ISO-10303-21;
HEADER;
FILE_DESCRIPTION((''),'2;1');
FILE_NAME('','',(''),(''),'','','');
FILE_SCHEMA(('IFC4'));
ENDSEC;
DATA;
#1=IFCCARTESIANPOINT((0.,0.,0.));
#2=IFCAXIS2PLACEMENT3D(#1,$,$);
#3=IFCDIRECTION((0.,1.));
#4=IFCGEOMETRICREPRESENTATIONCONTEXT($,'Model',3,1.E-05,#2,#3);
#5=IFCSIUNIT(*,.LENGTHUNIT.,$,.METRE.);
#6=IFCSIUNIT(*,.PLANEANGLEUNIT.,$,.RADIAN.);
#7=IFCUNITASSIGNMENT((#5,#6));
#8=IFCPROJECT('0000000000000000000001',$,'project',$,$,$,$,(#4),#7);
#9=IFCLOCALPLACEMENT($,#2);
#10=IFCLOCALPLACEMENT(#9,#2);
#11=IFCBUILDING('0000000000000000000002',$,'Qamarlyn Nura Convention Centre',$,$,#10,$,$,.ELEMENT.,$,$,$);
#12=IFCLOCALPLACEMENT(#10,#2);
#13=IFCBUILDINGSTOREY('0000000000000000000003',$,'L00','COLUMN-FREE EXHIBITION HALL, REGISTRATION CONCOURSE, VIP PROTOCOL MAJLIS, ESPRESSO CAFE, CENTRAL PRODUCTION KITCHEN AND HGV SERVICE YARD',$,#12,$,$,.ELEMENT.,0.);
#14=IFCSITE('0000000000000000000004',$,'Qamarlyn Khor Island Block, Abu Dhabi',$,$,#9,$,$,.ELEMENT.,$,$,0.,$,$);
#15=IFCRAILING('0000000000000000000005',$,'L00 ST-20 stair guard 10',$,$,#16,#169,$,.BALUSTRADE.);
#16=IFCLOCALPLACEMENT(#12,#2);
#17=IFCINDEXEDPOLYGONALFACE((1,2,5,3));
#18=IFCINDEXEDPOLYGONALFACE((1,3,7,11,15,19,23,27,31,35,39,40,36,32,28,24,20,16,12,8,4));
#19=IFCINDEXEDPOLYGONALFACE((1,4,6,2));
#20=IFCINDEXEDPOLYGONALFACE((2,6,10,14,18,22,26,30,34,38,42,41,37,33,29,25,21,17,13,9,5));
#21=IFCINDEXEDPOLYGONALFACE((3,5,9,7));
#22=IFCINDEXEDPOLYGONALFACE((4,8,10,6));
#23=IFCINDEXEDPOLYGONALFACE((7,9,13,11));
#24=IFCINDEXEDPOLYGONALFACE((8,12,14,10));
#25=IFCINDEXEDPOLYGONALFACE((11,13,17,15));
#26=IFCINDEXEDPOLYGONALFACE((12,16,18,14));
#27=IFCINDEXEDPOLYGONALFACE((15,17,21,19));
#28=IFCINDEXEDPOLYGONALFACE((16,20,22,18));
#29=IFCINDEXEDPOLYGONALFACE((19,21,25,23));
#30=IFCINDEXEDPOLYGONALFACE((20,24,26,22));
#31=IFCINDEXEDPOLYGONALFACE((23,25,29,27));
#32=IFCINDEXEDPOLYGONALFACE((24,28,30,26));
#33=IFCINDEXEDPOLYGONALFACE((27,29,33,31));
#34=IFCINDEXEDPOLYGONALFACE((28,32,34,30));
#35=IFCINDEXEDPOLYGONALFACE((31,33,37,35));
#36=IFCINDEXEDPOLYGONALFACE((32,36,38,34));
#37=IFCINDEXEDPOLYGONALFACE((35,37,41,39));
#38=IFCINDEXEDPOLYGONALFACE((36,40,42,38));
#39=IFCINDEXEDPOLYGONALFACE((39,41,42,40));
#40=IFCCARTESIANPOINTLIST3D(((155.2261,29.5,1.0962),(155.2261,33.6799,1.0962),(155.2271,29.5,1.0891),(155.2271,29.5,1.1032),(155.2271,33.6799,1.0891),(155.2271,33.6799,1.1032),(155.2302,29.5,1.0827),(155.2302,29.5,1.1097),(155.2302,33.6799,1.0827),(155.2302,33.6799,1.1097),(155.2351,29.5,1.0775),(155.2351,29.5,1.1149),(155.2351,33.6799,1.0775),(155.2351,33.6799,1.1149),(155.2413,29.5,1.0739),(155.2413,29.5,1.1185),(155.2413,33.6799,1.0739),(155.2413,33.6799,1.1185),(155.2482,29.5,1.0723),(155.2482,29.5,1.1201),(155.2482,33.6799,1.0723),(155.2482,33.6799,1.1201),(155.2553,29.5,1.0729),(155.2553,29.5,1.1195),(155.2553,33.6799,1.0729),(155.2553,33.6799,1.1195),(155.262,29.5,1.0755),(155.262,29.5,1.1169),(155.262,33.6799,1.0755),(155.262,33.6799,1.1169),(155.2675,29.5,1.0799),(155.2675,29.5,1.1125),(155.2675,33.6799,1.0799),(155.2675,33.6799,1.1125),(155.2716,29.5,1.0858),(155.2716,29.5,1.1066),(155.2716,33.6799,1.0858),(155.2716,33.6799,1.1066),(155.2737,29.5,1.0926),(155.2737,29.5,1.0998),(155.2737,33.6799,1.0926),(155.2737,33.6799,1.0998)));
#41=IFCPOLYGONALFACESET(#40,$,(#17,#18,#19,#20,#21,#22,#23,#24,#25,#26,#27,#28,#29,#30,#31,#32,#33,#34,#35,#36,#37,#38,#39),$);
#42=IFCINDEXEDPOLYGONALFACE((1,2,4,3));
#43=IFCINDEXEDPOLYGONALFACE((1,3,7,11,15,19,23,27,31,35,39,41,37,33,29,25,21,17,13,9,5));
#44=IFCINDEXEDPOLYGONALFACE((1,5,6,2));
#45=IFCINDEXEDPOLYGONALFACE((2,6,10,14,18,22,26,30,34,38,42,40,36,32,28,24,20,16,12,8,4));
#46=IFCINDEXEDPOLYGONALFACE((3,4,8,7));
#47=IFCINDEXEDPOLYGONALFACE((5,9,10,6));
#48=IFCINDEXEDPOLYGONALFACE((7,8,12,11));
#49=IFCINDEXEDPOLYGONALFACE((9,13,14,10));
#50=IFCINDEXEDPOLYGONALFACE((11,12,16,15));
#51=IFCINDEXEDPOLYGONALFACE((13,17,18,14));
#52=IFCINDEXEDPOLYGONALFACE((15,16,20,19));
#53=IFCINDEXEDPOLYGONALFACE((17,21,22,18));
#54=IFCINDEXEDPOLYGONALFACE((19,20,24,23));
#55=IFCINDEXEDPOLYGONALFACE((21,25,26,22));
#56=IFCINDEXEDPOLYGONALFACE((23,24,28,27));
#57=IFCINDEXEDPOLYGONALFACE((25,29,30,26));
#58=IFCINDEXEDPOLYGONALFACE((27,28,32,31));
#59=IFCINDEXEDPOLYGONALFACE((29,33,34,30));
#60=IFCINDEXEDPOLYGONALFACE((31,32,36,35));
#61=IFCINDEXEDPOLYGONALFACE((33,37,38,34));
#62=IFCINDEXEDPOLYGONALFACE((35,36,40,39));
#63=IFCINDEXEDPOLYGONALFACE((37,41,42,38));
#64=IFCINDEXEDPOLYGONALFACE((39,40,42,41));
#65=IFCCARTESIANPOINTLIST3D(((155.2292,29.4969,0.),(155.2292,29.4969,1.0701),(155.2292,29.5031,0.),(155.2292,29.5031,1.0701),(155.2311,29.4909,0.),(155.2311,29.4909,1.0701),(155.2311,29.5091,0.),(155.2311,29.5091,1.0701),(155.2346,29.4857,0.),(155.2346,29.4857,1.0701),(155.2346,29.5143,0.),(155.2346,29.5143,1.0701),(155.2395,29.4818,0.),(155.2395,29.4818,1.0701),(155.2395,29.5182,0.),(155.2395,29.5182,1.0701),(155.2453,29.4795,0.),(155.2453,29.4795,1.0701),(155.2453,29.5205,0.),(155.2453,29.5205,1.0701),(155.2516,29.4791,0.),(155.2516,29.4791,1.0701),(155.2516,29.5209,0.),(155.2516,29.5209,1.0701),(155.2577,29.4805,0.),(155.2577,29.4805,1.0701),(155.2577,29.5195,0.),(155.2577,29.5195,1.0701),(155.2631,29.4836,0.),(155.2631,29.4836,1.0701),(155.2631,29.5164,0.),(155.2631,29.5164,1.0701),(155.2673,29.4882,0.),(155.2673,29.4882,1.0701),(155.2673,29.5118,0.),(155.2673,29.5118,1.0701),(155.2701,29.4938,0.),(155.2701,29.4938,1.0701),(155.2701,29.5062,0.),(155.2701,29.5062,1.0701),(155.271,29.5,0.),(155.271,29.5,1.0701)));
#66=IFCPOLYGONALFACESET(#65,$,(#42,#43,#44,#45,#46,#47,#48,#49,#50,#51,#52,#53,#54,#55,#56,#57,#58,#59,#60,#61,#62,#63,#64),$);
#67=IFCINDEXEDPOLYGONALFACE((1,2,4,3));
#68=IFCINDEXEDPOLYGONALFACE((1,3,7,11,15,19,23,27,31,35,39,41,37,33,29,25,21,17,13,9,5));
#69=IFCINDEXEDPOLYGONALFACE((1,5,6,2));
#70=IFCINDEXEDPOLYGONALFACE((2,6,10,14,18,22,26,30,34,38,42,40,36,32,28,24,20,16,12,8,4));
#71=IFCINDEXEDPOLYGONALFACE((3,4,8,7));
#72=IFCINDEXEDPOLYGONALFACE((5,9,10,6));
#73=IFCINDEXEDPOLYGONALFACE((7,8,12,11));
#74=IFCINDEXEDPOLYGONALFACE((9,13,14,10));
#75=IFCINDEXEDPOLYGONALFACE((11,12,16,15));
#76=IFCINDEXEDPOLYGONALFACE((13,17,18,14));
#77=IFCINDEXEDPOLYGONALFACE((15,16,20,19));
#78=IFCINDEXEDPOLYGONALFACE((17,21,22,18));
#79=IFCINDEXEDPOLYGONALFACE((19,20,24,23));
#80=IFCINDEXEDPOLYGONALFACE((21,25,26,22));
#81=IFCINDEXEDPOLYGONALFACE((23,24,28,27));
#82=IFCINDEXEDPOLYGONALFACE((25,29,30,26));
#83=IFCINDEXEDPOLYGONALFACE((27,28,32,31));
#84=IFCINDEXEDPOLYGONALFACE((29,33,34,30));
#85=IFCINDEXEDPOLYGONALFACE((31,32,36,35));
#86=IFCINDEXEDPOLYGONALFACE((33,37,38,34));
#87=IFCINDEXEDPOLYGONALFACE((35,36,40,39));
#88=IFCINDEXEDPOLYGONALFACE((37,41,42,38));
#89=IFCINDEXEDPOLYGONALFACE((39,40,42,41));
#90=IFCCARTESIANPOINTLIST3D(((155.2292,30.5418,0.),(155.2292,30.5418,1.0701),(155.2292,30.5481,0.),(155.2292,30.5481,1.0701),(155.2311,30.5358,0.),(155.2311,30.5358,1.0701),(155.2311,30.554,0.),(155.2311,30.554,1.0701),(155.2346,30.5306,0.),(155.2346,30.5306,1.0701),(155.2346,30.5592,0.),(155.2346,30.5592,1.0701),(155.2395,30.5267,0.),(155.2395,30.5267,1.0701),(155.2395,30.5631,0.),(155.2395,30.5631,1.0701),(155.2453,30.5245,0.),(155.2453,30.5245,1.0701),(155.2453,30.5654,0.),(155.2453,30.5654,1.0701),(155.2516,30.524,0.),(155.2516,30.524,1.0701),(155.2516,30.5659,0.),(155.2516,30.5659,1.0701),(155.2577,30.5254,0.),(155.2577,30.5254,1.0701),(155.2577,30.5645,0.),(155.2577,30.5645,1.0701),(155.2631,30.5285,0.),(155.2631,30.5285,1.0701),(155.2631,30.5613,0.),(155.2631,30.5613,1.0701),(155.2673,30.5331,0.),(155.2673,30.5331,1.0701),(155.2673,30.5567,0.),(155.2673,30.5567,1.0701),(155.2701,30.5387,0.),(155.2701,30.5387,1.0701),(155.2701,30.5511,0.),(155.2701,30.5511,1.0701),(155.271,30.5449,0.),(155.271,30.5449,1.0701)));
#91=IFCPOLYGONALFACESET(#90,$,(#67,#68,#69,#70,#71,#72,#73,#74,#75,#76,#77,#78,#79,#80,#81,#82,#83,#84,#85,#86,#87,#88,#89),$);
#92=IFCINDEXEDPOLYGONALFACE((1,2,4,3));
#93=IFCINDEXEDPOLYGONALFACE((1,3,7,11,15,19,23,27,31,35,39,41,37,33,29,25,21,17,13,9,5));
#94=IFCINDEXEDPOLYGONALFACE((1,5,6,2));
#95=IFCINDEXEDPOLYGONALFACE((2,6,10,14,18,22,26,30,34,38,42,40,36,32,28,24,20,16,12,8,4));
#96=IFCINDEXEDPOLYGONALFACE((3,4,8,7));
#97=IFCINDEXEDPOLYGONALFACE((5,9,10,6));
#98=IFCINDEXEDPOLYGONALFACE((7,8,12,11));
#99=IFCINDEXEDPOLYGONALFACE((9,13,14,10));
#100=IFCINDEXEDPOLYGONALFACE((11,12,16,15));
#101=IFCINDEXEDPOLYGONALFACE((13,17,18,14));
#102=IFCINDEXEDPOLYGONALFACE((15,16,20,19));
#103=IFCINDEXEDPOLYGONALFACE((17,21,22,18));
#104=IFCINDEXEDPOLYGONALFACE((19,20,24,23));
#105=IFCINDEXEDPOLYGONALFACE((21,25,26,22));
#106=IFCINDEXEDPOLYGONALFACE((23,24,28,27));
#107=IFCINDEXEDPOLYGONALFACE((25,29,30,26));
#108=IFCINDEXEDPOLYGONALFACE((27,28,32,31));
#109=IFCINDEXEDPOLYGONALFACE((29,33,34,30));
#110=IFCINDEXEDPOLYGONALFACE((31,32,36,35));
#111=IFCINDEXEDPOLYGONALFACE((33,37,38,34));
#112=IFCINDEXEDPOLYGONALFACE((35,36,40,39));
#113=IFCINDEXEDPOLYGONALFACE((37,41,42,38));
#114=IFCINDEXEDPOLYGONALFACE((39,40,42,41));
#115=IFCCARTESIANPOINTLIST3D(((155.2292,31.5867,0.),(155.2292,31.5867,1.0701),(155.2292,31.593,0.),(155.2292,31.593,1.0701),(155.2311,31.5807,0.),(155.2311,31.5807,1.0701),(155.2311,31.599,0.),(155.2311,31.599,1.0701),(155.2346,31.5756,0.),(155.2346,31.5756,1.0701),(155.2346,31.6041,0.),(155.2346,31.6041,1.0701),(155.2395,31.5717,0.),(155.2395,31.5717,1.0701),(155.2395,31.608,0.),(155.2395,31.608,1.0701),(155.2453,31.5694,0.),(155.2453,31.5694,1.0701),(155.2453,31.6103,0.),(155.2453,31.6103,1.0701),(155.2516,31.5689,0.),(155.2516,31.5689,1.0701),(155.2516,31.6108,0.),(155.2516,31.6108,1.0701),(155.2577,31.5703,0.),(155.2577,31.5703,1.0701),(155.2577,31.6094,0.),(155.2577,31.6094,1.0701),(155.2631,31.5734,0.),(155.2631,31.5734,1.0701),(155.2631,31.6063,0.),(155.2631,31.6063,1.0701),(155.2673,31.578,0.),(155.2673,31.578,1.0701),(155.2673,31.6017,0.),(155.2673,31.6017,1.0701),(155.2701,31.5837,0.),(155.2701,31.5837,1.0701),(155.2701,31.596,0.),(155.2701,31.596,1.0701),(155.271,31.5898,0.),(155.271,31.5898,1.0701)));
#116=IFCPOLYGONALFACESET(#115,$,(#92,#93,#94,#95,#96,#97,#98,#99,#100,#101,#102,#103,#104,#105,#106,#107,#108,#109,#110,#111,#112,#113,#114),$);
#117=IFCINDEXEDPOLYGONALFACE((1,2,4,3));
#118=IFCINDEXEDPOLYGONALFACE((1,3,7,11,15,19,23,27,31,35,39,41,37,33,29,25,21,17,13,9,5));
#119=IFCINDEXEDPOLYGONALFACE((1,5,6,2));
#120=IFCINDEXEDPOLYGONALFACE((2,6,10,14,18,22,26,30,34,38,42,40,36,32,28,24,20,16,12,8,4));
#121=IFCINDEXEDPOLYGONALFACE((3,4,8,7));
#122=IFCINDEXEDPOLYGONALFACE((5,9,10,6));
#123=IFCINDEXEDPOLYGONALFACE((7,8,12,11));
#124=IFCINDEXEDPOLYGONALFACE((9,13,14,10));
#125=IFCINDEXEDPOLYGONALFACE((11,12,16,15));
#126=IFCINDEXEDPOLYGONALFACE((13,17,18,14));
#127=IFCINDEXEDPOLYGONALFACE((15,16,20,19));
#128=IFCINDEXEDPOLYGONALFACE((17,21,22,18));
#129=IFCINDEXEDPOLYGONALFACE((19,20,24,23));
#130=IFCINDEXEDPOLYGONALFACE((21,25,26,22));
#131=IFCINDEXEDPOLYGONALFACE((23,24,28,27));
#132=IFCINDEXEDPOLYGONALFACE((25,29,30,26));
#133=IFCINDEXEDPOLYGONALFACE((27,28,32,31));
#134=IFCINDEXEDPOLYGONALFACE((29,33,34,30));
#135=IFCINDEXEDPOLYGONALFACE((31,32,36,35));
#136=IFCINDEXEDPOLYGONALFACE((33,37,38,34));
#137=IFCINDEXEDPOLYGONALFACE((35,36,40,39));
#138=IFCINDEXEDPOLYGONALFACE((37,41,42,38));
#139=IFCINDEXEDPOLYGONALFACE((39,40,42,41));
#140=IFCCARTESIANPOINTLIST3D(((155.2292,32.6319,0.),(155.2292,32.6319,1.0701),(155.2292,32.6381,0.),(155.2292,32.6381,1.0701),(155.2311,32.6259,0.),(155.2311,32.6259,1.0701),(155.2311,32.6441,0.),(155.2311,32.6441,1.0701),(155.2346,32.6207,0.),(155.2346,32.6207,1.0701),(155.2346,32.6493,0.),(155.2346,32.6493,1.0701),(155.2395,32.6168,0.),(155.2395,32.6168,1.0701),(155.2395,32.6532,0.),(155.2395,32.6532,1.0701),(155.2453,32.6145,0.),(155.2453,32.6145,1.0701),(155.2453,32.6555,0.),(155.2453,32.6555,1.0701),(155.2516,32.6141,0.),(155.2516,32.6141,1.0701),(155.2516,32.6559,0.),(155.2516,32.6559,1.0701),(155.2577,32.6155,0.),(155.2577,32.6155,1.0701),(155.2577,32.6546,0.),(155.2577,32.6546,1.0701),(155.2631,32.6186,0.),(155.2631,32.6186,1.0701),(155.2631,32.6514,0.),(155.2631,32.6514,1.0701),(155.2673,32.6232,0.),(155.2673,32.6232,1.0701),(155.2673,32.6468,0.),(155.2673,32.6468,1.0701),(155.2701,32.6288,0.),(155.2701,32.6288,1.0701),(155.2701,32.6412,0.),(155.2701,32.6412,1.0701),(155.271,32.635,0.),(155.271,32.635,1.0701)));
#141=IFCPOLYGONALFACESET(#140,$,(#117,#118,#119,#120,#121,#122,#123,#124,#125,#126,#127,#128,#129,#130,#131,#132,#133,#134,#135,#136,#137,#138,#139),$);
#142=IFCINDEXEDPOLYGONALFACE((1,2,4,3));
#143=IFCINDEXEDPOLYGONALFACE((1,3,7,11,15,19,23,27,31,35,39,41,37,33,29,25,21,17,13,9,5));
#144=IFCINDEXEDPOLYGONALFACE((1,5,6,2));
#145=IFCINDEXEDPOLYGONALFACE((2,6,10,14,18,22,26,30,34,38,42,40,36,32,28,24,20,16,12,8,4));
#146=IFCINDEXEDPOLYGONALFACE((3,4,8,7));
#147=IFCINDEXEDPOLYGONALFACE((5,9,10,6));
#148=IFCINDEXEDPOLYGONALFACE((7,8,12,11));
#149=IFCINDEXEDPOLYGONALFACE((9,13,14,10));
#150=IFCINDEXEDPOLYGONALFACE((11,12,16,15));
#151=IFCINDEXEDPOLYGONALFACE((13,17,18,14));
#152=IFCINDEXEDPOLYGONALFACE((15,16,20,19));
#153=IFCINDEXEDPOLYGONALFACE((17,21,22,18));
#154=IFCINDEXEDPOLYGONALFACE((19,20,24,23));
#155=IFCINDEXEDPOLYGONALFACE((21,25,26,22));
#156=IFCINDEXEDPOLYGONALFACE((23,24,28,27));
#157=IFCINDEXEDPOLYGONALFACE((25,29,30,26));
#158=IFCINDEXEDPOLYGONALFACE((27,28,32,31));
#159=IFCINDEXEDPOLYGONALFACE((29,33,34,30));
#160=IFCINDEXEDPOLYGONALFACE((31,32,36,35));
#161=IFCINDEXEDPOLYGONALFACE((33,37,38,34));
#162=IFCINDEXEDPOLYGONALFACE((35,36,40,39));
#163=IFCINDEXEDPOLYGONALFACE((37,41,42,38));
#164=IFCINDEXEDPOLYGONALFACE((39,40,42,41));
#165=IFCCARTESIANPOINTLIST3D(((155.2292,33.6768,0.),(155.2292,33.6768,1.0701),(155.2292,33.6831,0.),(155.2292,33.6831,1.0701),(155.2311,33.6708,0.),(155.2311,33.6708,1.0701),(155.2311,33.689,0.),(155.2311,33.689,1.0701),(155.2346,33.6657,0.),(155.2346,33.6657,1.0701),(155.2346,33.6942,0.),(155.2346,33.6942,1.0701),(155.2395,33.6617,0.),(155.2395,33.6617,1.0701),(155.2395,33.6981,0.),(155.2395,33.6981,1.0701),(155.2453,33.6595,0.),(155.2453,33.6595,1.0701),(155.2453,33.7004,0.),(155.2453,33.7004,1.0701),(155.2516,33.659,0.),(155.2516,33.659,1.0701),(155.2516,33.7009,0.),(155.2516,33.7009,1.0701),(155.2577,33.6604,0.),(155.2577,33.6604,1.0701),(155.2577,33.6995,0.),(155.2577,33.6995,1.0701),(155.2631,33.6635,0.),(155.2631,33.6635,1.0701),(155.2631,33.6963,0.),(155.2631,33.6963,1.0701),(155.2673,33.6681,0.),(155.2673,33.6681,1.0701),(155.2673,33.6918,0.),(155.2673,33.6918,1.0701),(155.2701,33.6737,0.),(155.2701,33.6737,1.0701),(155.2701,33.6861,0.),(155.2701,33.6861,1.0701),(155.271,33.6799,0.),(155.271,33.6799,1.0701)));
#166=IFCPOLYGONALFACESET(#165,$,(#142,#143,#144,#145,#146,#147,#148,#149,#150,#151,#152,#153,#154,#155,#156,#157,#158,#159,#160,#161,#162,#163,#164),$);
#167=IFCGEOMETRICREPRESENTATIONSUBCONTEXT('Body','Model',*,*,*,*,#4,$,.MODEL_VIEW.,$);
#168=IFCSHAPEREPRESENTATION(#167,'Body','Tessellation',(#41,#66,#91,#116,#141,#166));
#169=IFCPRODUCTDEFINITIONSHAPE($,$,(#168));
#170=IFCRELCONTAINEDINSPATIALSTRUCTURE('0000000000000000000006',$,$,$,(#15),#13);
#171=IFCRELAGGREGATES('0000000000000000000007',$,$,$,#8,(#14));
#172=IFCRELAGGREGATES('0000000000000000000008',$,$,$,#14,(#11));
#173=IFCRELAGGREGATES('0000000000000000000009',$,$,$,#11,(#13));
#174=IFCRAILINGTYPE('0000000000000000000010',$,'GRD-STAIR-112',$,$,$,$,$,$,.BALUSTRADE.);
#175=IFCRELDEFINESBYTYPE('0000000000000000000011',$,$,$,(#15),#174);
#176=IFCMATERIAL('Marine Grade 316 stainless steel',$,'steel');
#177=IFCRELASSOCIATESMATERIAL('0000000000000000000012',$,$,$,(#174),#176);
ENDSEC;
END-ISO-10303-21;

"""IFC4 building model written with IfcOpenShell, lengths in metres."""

from ifc_helpers import new_model, si_unit, direction, frame, origin, origin_2d, place, context, subcontext, project, spatial, circle, extrude, material, type_object, element, save


model = new_model("IFC4")

# Units and contexts
model_context = context("Model", 3, precision=1e-05, world=origin(), true_north=direction((0.0, 1.0)))
body_context = subcontext(model_context, "Body", "Model", "MODEL_VIEW")
ifc_project = project(units=[si_unit("LENGTHUNIT", "METRE"), si_unit("PLANEANGLEUNIT", "RADIAN")], contexts=[model_context])

# Site, building, storey
site_placement = place(None, origin())
site = spatial("IfcSite", under=ifc_project, at=site_placement, Name="Qamarlyn Khor Island Block, Abu Dhabi", CompositionType="ELEMENT", RefElevation=0.0)
building_placement = place(site_placement, origin())
building = spatial("IfcBuilding", under=site, at=building_placement, Name="Qamarlyn Nura Convention Centre", CompositionType="ELEMENT")
storey_placement = place(building_placement, origin())
storey = spatial("IfcBuildingStorey", under=building, at=storey_placement, Name="L00", Description="COLUMN-FREE EXHIBITION HALL, REGISTRATION CONCOURSE, VIP PROTOCOL MAJLIS, ESPRESSO CAFE, CENTRAL PRODUCTION KITCHEN AND HGV SERVICE YARD", CompositionType="ELEMENT", Elevation=0.0)

# Railing
ifc_material_1 = material(Name="Marine Grade 316 stainless steel", Category="steel")
railing_type_1 = type_object("IfcRailingType", Name="GRD-STAIR-112", PredefinedType="BALUSTRADE", material=ifc_material_1)
railing_1_placement = place(storey_placement, frame((155.25, 29.5, 0.0)))
element("IfcRailing", 1, at=railing_1_placement, inside=storey, type_object=railing_type_1, Name="L00 ST-20 stair guard 10", PredefinedType="BALUSTRADE", context=body_context, shape_type="SweptSolid", body=[
    extrude(circle(Radius=0.0239, at=origin_2d()), frame((0.0, 0.0, 1.0962), z_axis=(0.0, 1.0, 0.0), x_axis=(-1.0, 0.0, 0.0)), (0.0, 0.0, 1.0), 4.1799),
    extrude(circle(Radius=0.021, at=origin_2d()), origin(), (0.0, 0.0, 1.0), 1.0701),
    extrude(circle(Radius=0.021, at=origin_2d()), frame((0.0, 1.0449, 0.0)), (0.0, 0.0, 1.0), 1.0701),
    extrude(circle(Radius=0.021, at=origin_2d()), frame((0.0, 2.0898, 0.0)), (0.0, 0.0, 1.0), 1.0701),
    extrude(circle(Radius=0.021, at=origin_2d()), frame((0.0, 3.135, 0.0)), (0.0, 0.0, 1.0), 1.0701),
    extrude(circle(Radius=0.021, at=origin_2d()), frame((0.0, 4.1799, 0.0)), (0.0, 0.0, 1.0), 1.0701),
])

save(model, "model.ifc")
